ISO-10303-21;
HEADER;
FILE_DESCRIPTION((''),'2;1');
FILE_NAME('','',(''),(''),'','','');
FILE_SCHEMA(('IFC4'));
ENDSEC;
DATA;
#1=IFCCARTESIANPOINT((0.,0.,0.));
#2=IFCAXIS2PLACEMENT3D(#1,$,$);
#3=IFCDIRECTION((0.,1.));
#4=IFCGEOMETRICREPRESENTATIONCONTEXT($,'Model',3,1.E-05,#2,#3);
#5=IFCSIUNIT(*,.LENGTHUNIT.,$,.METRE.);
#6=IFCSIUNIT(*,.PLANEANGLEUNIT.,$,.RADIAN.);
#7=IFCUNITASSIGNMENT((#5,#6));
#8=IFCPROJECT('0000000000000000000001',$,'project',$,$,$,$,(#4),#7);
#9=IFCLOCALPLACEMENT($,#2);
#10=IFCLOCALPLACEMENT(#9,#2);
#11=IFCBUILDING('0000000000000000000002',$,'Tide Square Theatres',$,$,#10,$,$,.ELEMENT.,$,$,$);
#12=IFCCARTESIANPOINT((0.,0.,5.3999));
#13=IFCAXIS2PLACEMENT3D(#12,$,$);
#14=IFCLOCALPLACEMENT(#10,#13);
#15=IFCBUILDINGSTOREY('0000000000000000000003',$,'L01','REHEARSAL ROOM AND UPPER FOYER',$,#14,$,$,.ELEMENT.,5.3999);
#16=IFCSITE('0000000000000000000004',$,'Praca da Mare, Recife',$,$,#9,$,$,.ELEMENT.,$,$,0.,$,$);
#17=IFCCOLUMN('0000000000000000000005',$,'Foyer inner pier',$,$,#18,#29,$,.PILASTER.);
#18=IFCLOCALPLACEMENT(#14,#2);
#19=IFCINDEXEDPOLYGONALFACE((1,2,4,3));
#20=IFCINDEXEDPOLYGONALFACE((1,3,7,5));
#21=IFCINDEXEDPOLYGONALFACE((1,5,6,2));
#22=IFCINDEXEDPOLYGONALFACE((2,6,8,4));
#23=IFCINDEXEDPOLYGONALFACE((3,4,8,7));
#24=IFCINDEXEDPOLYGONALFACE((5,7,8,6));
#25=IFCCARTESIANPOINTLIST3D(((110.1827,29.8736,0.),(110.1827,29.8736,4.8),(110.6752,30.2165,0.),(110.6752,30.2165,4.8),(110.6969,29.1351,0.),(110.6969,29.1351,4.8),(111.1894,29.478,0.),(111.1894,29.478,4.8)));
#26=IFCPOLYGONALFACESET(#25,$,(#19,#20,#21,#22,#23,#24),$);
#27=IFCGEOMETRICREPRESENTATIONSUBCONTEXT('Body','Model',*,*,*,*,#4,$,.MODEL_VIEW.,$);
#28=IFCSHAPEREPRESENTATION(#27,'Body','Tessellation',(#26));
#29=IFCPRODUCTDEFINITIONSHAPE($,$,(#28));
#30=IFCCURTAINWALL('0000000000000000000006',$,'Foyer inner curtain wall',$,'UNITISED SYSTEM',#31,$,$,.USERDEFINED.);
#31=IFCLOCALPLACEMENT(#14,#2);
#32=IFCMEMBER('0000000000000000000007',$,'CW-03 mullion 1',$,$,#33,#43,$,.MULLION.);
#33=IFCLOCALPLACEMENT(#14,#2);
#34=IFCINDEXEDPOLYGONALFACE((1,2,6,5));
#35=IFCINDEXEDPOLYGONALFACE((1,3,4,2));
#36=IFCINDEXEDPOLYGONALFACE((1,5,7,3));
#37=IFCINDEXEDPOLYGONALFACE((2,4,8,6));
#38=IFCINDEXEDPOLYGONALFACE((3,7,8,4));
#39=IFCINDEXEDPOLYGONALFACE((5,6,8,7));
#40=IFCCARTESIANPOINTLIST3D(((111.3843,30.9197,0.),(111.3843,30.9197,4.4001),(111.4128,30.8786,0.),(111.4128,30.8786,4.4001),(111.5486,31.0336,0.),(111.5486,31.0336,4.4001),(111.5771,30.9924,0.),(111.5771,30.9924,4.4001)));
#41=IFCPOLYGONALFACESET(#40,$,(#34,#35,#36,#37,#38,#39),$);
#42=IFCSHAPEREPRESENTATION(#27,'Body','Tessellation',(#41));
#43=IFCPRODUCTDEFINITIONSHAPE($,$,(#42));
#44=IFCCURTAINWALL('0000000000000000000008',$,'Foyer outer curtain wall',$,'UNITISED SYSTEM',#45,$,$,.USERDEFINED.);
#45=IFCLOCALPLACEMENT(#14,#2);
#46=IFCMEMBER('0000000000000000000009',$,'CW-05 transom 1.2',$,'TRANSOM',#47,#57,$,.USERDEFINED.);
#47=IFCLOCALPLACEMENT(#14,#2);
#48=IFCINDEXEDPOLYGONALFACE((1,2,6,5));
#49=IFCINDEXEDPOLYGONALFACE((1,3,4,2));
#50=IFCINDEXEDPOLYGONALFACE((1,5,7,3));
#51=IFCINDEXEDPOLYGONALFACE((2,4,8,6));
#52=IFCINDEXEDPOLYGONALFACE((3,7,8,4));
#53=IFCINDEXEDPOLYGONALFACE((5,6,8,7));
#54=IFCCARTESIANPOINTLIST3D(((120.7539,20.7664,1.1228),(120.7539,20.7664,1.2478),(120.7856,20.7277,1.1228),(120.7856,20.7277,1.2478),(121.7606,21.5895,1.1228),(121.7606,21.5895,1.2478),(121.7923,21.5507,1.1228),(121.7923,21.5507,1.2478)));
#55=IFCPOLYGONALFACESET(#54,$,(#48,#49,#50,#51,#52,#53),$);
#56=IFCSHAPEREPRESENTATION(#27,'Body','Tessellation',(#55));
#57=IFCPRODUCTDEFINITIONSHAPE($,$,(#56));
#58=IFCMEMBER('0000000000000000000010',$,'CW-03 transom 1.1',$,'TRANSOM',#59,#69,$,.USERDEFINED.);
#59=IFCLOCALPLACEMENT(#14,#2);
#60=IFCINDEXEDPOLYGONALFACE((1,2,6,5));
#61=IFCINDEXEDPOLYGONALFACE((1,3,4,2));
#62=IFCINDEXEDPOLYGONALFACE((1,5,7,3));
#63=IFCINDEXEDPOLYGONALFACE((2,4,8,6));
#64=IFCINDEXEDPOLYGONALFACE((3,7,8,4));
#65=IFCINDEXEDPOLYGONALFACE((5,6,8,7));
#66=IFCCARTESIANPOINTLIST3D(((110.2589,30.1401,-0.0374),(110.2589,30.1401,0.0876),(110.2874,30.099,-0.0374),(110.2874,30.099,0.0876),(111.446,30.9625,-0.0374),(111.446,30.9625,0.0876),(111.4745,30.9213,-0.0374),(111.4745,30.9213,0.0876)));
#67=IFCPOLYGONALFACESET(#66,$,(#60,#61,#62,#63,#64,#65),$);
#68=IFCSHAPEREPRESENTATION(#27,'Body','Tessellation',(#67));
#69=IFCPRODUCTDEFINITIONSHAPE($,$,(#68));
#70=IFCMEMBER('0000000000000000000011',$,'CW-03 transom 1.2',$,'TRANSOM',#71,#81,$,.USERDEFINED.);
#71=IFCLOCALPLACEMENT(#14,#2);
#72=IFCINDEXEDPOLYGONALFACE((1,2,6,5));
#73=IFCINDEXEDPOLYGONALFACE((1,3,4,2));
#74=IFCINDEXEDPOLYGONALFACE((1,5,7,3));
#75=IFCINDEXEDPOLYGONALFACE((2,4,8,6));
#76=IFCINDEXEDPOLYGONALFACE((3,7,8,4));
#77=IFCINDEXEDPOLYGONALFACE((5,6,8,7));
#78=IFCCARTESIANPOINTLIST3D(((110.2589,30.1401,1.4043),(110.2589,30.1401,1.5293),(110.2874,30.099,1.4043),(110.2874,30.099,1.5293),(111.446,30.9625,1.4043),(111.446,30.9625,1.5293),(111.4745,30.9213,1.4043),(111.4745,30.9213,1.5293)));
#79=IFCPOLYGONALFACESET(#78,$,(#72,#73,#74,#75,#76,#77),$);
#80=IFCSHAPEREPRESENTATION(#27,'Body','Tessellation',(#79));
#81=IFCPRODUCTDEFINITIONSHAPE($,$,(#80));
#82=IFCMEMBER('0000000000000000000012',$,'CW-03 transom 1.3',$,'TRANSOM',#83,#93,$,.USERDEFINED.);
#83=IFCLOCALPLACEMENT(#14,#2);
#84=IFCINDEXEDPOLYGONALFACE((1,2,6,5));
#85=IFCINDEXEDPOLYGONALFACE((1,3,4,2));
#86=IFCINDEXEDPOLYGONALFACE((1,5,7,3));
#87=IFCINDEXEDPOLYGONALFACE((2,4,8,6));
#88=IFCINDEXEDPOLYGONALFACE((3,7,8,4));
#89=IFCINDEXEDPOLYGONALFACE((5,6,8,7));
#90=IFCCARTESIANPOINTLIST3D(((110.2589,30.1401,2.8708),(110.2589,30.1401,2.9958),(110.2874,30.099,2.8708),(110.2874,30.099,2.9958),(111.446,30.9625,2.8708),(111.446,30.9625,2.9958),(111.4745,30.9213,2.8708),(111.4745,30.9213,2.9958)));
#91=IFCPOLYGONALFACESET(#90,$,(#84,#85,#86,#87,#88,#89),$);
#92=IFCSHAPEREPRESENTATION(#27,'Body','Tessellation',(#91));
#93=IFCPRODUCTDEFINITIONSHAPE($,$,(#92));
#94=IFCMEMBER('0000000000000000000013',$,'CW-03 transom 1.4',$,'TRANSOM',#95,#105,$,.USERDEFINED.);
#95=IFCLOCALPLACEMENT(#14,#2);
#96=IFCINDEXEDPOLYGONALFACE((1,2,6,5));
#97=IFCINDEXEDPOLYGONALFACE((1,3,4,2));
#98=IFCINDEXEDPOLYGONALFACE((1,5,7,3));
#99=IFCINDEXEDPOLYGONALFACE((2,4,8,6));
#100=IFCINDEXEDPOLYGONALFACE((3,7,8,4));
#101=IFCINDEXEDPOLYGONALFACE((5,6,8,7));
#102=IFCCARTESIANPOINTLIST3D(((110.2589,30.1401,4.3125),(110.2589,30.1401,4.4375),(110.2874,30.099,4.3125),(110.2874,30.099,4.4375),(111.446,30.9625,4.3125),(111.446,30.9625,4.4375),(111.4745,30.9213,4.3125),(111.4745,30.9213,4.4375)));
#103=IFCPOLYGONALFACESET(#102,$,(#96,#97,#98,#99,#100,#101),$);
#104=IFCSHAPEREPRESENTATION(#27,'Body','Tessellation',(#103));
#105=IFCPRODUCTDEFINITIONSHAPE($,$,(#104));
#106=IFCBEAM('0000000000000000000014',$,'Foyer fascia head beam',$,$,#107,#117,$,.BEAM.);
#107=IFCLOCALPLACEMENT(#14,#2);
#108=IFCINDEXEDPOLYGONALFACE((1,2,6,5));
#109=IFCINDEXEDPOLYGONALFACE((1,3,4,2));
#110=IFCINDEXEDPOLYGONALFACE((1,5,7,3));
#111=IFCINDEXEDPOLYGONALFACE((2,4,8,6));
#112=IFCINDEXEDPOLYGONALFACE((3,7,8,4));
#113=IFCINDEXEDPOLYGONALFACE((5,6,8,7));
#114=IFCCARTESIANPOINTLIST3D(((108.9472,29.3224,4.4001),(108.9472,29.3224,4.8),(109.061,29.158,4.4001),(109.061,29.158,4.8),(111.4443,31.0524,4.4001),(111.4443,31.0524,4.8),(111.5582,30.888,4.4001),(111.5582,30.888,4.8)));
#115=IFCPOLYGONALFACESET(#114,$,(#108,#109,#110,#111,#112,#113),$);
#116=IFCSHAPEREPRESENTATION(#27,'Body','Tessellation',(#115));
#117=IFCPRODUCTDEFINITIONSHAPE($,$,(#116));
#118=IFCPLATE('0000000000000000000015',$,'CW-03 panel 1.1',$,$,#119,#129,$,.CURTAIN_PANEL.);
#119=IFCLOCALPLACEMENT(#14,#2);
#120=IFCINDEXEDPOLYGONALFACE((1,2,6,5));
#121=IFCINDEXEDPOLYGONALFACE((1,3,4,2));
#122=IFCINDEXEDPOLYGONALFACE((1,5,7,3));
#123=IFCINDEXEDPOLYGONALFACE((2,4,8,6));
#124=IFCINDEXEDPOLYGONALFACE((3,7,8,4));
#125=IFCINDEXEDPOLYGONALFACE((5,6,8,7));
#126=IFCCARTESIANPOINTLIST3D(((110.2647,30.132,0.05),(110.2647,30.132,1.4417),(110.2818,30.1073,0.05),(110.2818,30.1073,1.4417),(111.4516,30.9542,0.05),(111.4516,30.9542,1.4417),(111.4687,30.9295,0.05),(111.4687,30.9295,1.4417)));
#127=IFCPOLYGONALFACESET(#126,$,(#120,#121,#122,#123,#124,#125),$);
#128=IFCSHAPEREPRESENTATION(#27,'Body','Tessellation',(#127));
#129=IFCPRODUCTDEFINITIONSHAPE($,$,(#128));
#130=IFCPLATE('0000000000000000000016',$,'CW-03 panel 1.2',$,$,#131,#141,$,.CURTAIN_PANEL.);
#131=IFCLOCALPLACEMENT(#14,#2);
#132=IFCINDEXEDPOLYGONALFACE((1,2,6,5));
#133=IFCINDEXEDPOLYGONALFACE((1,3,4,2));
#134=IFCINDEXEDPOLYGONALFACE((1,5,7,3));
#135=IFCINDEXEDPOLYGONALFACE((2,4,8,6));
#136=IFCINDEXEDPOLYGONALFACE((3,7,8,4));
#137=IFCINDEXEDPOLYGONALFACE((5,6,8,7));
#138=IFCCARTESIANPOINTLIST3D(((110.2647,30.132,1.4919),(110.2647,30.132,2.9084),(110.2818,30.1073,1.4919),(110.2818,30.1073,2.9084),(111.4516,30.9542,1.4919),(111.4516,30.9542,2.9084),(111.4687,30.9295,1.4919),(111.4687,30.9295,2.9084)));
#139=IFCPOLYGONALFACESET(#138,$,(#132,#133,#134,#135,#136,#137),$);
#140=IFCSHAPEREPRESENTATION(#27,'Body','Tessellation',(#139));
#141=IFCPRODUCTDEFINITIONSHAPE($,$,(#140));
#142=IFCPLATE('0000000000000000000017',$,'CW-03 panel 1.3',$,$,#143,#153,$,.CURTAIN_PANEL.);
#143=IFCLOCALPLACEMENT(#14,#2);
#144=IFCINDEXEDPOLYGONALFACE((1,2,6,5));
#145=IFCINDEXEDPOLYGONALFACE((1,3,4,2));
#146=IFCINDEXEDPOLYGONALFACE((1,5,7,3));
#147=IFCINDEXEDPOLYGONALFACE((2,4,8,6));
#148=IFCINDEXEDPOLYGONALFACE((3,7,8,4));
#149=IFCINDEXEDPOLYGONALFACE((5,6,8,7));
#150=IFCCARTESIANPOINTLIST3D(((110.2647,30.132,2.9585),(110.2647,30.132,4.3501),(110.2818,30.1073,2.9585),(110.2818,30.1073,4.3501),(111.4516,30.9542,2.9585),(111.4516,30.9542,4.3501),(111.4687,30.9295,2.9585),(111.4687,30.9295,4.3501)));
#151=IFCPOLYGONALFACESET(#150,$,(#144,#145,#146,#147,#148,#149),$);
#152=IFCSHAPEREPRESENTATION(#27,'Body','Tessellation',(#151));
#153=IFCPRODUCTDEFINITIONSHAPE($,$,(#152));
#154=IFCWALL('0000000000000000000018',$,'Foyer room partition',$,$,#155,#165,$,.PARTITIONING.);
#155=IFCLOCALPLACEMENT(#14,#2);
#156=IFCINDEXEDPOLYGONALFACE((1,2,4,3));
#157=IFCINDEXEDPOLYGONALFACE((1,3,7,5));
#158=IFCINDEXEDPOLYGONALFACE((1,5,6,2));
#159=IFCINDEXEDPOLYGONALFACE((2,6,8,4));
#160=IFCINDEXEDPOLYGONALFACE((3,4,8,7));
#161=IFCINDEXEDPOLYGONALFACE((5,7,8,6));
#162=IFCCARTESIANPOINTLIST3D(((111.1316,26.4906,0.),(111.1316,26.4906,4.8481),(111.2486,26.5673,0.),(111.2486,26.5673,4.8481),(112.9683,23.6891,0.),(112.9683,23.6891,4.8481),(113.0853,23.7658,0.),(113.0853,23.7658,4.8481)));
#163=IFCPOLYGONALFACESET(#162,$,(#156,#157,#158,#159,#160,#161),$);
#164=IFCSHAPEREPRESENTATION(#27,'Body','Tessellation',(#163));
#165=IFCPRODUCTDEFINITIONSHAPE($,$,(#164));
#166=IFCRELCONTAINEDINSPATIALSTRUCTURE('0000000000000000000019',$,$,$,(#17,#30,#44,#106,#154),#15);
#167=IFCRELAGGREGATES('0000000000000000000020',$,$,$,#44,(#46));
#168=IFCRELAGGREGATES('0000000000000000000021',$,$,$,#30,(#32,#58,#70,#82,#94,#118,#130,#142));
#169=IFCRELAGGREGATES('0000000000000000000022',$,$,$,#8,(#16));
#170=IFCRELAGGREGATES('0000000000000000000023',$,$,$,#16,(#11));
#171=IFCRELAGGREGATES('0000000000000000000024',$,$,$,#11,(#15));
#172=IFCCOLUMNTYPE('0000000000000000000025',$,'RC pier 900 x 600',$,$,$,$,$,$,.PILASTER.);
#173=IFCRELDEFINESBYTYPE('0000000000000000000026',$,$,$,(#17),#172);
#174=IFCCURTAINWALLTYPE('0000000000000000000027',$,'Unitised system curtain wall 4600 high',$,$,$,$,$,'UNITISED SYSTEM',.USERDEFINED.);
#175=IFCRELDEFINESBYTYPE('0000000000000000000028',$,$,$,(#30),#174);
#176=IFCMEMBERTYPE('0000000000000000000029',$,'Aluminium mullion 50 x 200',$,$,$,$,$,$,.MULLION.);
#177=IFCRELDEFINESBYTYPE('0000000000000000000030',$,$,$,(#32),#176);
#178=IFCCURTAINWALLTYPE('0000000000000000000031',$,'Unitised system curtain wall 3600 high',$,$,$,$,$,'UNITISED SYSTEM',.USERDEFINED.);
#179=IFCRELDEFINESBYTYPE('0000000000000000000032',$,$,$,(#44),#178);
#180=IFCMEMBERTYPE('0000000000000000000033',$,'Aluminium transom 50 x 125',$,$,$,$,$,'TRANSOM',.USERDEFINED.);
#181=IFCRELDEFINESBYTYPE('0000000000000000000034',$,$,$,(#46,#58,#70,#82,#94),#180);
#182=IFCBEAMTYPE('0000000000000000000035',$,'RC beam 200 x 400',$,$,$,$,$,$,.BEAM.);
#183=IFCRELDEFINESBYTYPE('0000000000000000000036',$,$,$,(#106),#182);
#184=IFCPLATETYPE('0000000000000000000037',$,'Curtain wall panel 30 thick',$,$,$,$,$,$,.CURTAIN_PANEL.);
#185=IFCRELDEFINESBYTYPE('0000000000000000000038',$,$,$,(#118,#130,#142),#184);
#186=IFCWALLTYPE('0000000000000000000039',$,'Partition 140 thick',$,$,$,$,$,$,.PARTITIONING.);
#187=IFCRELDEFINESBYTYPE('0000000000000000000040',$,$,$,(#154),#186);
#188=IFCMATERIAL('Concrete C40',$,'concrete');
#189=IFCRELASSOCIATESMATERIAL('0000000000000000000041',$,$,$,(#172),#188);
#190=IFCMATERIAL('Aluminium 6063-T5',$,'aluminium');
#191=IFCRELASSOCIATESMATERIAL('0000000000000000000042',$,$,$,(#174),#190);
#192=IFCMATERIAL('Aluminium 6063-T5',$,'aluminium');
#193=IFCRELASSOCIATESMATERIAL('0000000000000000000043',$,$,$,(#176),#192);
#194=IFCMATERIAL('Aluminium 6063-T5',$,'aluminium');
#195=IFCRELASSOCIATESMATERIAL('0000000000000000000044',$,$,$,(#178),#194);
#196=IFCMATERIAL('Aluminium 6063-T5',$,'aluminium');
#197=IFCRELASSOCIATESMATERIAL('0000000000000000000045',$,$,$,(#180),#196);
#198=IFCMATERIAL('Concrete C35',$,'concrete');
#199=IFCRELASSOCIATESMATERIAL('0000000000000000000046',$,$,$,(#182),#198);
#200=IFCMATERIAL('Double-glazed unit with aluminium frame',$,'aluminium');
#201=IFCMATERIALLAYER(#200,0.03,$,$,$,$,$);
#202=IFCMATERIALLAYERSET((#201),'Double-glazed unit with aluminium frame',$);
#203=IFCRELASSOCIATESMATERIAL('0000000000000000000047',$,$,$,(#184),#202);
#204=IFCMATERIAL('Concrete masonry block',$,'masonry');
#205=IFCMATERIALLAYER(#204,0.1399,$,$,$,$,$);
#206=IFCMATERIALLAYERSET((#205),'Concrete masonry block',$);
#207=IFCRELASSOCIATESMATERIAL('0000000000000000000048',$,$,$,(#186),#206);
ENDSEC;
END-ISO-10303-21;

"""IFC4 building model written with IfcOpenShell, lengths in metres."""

from ifc_helpers import new_model, si_unit, direction, frame, frame_2d, origin, origin_2d, place, context, subcontext, project, spatial, rectangle, extrude, material, layer, layer_set, material_profile, profile_set, type_object, element, aggregate, save


model = new_model("IFC4")

# Units and contexts
model_context = context("Model", 3, precision=1e-05, world=origin(), true_north=direction((0.0, 1.0)))
body_context = subcontext(model_context, "Body", "Model", "MODEL_VIEW")
ifc_project = project(units=[si_unit("LENGTHUNIT", "METRE"), si_unit("PLANEANGLEUNIT", "RADIAN")], contexts=[model_context])

# Site, building, storey
site_placement = place(None, origin())
site = spatial("IfcSite", under=ifc_project, at=site_placement, Name="Praca da Mare, Recife", CompositionType="ELEMENT", RefElevation=0.0)
building_placement = place(site_placement, origin())
building = spatial("IfcBuilding", under=site, at=building_placement, Name="Tide Square Theatres", CompositionType="ELEMENT")
storey_placement = place(building_placement, frame((0.0, 0.0, 5.3999)))
storey = spatial("IfcBuildingStorey", under=building, at=storey_placement, Name="L01", Description="REHEARSAL ROOM AND UPPER FOYER", CompositionType="ELEMENT", Elevation=5.3999)

# Column
ifc_material_1 = material(Name="Concrete C40", Category="concrete")
ifc_material_profile_1 = material_profile(ifc_material_1, rectangle(XDim=0.8999, YDim=0.6001, at=origin_2d()))
ifc_profile_set_1 = profile_set([ifc_material_profile_1], Name="Concrete C40")
column_type = type_object("IfcColumnType", Name="RC pier 900 x 600", PredefinedType="PILASTER", material=ifc_profile_set_1)
column_placement = place(storey_placement, frame((110.686, 29.6758, 0.0), z_axis=(0.0, 0.0, 1.0), x_axis=(0.571434, -0.820648, 0.0)))
element("IfcColumn", 1, at=column_placement, inside=storey, type_object=column_type, Name="Foyer inner pier", PredefinedType="PILASTER", context=body_context, shape_type="SweptSolid", body=[
    extrude(rectangle(XDim=0.8999, YDim=0.6001, at=origin_2d()), origin(), (0.0, 0.0, 1.0), 4.8),
])

# Curtain walls, members
ifc_material_2 = material(Name="Aluminium 6063-T5", Category="aluminium")
curtain_wall_type_1 = type_object("IfcCurtainWallType", Name="Unitised system curtain wall 4600 high", ElementType="UNITISED SYSTEM", PredefinedType="USERDEFINED", material=ifc_material_2)
curtain_wall_1_placement = place(storey_placement, origin())
curtain_wall_1 = element("IfcCurtainWall", 2, at=curtain_wall_1_placement, inside=storey, type_object=curtain_wall_type_1, Name="Foyer inner curtain wall", ObjectType="UNITISED SYSTEM", PredefinedType="USERDEFINED")
ifc_material_3 = material(Name="Aluminium 6063-T5", Category="aluminium")
ifc_material_profile_2 = material_profile(ifc_material_3, rectangle(XDim=0.05, YDim=0.2, at=origin_2d()))
ifc_profile_set_2 = profile_set([ifc_material_profile_2], Name="Aluminium 6063-T5")
member_type_1 = type_object("IfcMemberType", Name="Aluminium mullion 50 x 200", PredefinedType="MULLION", material=ifc_profile_set_2)
member_1_placement = place(storey_placement, frame((111.4807, 30.9561, 0.0), z_axis=(0.0, 0.0, 1.0), x_axis=(0.56947, -0.822012, 0.0)))
member_1 = element("IfcMember", 3, at=member_1_placement, type_object=member_type_1, Name="CW-03 mullion 1", PredefinedType="MULLION", context=body_context, shape_type="SweptSolid", body=[
    extrude(rectangle(XDim=0.05, YDim=0.2, at=origin_2d()), origin(), (0.0, 0.0, 1.0), 4.4001),
])
ifc_material_4 = material(Name="Aluminium 6063-T5", Category="aluminium")
curtain_wall_type_2 = type_object("IfcCurtainWallType", Name="Unitised system curtain wall 3600 high", ElementType="UNITISED SYSTEM", PredefinedType="USERDEFINED", material=ifc_material_4)
curtain_wall_2_placement = place(storey_placement, origin())
curtain_wall_2 = element("IfcCurtainWall", 4, at=curtain_wall_2_placement, inside=storey, type_object=curtain_wall_type_2, Name="Foyer outer curtain wall", ObjectType="UNITISED SYSTEM", PredefinedType="USERDEFINED")
ifc_material_5 = material(Name="Aluminium 6063-T5", Category="aluminium")
ifc_material_profile_3 = material_profile(ifc_material_5, rectangle(XDim=0.05, YDim=0.125, at=origin_2d()))
ifc_profile_set_3 = profile_set([ifc_material_profile_3], Name="Aluminium 6063-T5")
member_type_2 = type_object("IfcMemberType", Name="Aluminium transom 50 x 125", ElementType="TRANSOM", PredefinedType="USERDEFINED", material=ifc_profile_set_3)
member_2_placement = place(storey_placement, frame((120.7698, 20.7471, 1.1853), z_axis=(0.774175, 0.632972, 0.0), x_axis=(-0.632972, 0.774175, 0.0)))
member_2 = element("IfcMember", 5, at=member_2_placement, type_object=member_type_2, Name="CW-05 transom 1.2", ObjectType="TRANSOM", PredefinedType="USERDEFINED", context=body_context, shape_type="SweptSolid", body=[
    extrude(rectangle(XDim=0.05, YDim=0.125, at=origin_2d()), origin(), (0.0, 0.0, 1.0), 1.3003),
])
aggregate(curtain_wall_2, [member_2])

# Members
member_3_placement = place(storey_placement, frame((111.4602, 30.9419, 0.0251), z_axis=(-0.822034, -0.569439, 0.0), x_axis=(0.569439, -0.822034, 0.0)))
member_3 = element("IfcMember", 6, at=member_3_placement, type_object=member_type_2, Name="CW-03 transom 1.1", ObjectType="TRANSOM", PredefinedType="USERDEFINED", context=body_context, shape_type="SweptSolid", body=[
    extrude(rectangle(XDim=0.05, YDim=0.125, at=origin_2d()), origin(), (0.0, 0.0, 1.0), 1.4441),
])
member_4_placement = place(storey_placement, frame((111.4602, 30.9419, 1.4668), z_axis=(-0.822034, -0.569439, 0.0), x_axis=(0.569439, -0.822034, 0.0)))
member_4 = element("IfcMember", 7, at=member_4_placement, type_object=member_type_2, Name="CW-03 transom 1.2", ObjectType="TRANSOM", PredefinedType="USERDEFINED", context=body_context, shape_type="SweptSolid", body=[
    extrude(rectangle(XDim=0.05, YDim=0.125, at=origin_2d()), origin(), (0.0, 0.0, 1.0), 1.4441),
])
member_5_placement = place(storey_placement, frame((111.4602, 30.9419, 2.9333), z_axis=(-0.822034, -0.569439, 0.0), x_axis=(0.569439, -0.822034, 0.0)))
member_5 = element("IfcMember", 8, at=member_5_placement, type_object=member_type_2, Name="CW-03 transom 1.3", ObjectType="TRANSOM", PredefinedType="USERDEFINED", context=body_context, shape_type="SweptSolid", body=[
    extrude(rectangle(XDim=0.05, YDim=0.125, at=origin_2d()), origin(), (0.0, 0.0, 1.0), 1.4441),
])
member_6_placement = place(storey_placement, frame((111.4602, 30.9419, 4.375), z_axis=(-0.822034, -0.569439, 0.0), x_axis=(0.569439, -0.822034, 0.0)))
member_6 = element("IfcMember", 9, at=member_6_placement, type_object=member_type_2, Name="CW-03 transom 1.4", ObjectType="TRANSOM", PredefinedType="USERDEFINED", context=body_context, shape_type="SweptSolid", body=[
    extrude(rectangle(XDim=0.05, YDim=0.125, at=origin_2d()), origin(), (0.0, 0.0, 1.0), 1.4441),
])

# Beam
ifc_material_6 = material(Name="Concrete C35", Category="concrete")
ifc_material_profile_4 = material_profile(ifc_material_6, rectangle(XDim=0.2, YDim=0.3999, at=origin_2d()))
ifc_profile_set_4 = profile_set([ifc_material_profile_4], Name="Concrete C35")
beam_type = type_object("IfcBeamType", Name="RC beam 200 x 400", PredefinedType="BEAM", material=ifc_profile_set_4)
beam_placement = place(storey_placement, frame((111.5012, 30.9702, 4.6001), z_axis=(-0.822001, -0.569486, 0.0), x_axis=(0.569486, -0.822001, 0.0)))
element("IfcBeam", 10, at=beam_placement, inside=storey, type_object=beam_type, Name="Foyer fascia head beam", PredefinedType="BEAM", context=body_context, shape_type="SweptSolid", body=[
    extrude(rectangle(XDim=0.2, YDim=0.3999, at=origin_2d()), origin(), (0.0, 0.0, 1.0), 3.0378),
])

# Plates
ifc_material_7 = material(Name="Double-glazed unit with aluminium frame", Category="aluminium")
ifc_layer_1 = layer(ifc_material_7, 0.03)
ifc_layer_set_1 = layer_set([ifc_layer_1], Name="Double-glazed unit with aluminium frame")
plate_type = type_object("IfcPlateType", Name="Curtain wall panel 30 thick", PredefinedType="CURTAIN_PANEL", material=ifc_layer_set_1)
plate_1_placement = place(storey_placement, frame((110.8667, 30.5308, 0.05), z_axis=(0.0, 0.0, 1.0), x_axis=(-0.822012, -0.56947, 0.0)))
plate_1 = element("IfcPlate", 11, at=plate_1_placement, type_object=plate_type, Name="CW-03 panel 1.1", PredefinedType="CURTAIN_PANEL", context=body_context, shape_type="SweptSolid", body=[
    extrude(rectangle(XDim=1.4438, YDim=0.03, at=origin_2d()), origin(), (0.0, 0.0, 1.0), 1.3916),
])
plate_2_placement = place(storey_placement, frame((110.8667, 30.5308, 1.4919), z_axis=(0.0, 0.0, 1.0), x_axis=(-0.822012, -0.56947, 0.0)))
plate_2 = element("IfcPlate", 12, at=plate_2_placement, type_object=plate_type, Name="CW-03 panel 1.2", PredefinedType="CURTAIN_PANEL", context=body_context, shape_type="SweptSolid", body=[
    extrude(rectangle(XDim=1.4438, YDim=0.03, at=origin_2d()), origin(), (0.0, 0.0, 1.0), 1.4165),
])
plate_3_placement = place(storey_placement, frame((110.8667, 30.5308, 2.9585), z_axis=(0.0, 0.0, 1.0), x_axis=(-0.822012, -0.56947, 0.0)))
plate_3 = element("IfcPlate", 13, at=plate_3_placement, type_object=plate_type, Name="CW-03 panel 1.3", PredefinedType="CURTAIN_PANEL", context=body_context, shape_type="SweptSolid", body=[
    extrude(rectangle(XDim=1.4438, YDim=0.03, at=origin_2d()), origin(), (0.0, 0.0, 1.0), 1.3916),
])
aggregate(curtain_wall_1, [member_1, member_3, member_4, member_5, member_6, plate_1, plate_2, plate_3])

# Wall
ifc_material_8 = material(Name="Concrete masonry block", Category="masonry")
ifc_layer_2 = layer(ifc_material_8, 0.1399)
ifc_layer_set_2 = layer_set([ifc_layer_2], Name="Concrete masonry block")
wall_type_1 = type_object("IfcWallType", Name="Partition 140 thick", PredefinedType="PARTITIONING", material=ifc_layer_set_2)
wall_1_placement = place(storey_placement, frame((111.1902, 26.5288, 0.0), z_axis=(0.0, 0.0, 1.0), x_axis=(0.548276, -0.836298, 0.0)))
element("IfcWall", 14, at=wall_1_placement, inside=storey, type_object=wall_type_1, Name="Foyer room partition", PredefinedType="PARTITIONING", context=body_context, shape_type="SweptSolid", body=[
    extrude(rectangle(XDim=3.3499, YDim=0.1399, at=frame_2d((1.6748, 0.0))), origin(), (0.0, 0.0, 1.0), 4.8481),
])

save(model, "model.ifc")
